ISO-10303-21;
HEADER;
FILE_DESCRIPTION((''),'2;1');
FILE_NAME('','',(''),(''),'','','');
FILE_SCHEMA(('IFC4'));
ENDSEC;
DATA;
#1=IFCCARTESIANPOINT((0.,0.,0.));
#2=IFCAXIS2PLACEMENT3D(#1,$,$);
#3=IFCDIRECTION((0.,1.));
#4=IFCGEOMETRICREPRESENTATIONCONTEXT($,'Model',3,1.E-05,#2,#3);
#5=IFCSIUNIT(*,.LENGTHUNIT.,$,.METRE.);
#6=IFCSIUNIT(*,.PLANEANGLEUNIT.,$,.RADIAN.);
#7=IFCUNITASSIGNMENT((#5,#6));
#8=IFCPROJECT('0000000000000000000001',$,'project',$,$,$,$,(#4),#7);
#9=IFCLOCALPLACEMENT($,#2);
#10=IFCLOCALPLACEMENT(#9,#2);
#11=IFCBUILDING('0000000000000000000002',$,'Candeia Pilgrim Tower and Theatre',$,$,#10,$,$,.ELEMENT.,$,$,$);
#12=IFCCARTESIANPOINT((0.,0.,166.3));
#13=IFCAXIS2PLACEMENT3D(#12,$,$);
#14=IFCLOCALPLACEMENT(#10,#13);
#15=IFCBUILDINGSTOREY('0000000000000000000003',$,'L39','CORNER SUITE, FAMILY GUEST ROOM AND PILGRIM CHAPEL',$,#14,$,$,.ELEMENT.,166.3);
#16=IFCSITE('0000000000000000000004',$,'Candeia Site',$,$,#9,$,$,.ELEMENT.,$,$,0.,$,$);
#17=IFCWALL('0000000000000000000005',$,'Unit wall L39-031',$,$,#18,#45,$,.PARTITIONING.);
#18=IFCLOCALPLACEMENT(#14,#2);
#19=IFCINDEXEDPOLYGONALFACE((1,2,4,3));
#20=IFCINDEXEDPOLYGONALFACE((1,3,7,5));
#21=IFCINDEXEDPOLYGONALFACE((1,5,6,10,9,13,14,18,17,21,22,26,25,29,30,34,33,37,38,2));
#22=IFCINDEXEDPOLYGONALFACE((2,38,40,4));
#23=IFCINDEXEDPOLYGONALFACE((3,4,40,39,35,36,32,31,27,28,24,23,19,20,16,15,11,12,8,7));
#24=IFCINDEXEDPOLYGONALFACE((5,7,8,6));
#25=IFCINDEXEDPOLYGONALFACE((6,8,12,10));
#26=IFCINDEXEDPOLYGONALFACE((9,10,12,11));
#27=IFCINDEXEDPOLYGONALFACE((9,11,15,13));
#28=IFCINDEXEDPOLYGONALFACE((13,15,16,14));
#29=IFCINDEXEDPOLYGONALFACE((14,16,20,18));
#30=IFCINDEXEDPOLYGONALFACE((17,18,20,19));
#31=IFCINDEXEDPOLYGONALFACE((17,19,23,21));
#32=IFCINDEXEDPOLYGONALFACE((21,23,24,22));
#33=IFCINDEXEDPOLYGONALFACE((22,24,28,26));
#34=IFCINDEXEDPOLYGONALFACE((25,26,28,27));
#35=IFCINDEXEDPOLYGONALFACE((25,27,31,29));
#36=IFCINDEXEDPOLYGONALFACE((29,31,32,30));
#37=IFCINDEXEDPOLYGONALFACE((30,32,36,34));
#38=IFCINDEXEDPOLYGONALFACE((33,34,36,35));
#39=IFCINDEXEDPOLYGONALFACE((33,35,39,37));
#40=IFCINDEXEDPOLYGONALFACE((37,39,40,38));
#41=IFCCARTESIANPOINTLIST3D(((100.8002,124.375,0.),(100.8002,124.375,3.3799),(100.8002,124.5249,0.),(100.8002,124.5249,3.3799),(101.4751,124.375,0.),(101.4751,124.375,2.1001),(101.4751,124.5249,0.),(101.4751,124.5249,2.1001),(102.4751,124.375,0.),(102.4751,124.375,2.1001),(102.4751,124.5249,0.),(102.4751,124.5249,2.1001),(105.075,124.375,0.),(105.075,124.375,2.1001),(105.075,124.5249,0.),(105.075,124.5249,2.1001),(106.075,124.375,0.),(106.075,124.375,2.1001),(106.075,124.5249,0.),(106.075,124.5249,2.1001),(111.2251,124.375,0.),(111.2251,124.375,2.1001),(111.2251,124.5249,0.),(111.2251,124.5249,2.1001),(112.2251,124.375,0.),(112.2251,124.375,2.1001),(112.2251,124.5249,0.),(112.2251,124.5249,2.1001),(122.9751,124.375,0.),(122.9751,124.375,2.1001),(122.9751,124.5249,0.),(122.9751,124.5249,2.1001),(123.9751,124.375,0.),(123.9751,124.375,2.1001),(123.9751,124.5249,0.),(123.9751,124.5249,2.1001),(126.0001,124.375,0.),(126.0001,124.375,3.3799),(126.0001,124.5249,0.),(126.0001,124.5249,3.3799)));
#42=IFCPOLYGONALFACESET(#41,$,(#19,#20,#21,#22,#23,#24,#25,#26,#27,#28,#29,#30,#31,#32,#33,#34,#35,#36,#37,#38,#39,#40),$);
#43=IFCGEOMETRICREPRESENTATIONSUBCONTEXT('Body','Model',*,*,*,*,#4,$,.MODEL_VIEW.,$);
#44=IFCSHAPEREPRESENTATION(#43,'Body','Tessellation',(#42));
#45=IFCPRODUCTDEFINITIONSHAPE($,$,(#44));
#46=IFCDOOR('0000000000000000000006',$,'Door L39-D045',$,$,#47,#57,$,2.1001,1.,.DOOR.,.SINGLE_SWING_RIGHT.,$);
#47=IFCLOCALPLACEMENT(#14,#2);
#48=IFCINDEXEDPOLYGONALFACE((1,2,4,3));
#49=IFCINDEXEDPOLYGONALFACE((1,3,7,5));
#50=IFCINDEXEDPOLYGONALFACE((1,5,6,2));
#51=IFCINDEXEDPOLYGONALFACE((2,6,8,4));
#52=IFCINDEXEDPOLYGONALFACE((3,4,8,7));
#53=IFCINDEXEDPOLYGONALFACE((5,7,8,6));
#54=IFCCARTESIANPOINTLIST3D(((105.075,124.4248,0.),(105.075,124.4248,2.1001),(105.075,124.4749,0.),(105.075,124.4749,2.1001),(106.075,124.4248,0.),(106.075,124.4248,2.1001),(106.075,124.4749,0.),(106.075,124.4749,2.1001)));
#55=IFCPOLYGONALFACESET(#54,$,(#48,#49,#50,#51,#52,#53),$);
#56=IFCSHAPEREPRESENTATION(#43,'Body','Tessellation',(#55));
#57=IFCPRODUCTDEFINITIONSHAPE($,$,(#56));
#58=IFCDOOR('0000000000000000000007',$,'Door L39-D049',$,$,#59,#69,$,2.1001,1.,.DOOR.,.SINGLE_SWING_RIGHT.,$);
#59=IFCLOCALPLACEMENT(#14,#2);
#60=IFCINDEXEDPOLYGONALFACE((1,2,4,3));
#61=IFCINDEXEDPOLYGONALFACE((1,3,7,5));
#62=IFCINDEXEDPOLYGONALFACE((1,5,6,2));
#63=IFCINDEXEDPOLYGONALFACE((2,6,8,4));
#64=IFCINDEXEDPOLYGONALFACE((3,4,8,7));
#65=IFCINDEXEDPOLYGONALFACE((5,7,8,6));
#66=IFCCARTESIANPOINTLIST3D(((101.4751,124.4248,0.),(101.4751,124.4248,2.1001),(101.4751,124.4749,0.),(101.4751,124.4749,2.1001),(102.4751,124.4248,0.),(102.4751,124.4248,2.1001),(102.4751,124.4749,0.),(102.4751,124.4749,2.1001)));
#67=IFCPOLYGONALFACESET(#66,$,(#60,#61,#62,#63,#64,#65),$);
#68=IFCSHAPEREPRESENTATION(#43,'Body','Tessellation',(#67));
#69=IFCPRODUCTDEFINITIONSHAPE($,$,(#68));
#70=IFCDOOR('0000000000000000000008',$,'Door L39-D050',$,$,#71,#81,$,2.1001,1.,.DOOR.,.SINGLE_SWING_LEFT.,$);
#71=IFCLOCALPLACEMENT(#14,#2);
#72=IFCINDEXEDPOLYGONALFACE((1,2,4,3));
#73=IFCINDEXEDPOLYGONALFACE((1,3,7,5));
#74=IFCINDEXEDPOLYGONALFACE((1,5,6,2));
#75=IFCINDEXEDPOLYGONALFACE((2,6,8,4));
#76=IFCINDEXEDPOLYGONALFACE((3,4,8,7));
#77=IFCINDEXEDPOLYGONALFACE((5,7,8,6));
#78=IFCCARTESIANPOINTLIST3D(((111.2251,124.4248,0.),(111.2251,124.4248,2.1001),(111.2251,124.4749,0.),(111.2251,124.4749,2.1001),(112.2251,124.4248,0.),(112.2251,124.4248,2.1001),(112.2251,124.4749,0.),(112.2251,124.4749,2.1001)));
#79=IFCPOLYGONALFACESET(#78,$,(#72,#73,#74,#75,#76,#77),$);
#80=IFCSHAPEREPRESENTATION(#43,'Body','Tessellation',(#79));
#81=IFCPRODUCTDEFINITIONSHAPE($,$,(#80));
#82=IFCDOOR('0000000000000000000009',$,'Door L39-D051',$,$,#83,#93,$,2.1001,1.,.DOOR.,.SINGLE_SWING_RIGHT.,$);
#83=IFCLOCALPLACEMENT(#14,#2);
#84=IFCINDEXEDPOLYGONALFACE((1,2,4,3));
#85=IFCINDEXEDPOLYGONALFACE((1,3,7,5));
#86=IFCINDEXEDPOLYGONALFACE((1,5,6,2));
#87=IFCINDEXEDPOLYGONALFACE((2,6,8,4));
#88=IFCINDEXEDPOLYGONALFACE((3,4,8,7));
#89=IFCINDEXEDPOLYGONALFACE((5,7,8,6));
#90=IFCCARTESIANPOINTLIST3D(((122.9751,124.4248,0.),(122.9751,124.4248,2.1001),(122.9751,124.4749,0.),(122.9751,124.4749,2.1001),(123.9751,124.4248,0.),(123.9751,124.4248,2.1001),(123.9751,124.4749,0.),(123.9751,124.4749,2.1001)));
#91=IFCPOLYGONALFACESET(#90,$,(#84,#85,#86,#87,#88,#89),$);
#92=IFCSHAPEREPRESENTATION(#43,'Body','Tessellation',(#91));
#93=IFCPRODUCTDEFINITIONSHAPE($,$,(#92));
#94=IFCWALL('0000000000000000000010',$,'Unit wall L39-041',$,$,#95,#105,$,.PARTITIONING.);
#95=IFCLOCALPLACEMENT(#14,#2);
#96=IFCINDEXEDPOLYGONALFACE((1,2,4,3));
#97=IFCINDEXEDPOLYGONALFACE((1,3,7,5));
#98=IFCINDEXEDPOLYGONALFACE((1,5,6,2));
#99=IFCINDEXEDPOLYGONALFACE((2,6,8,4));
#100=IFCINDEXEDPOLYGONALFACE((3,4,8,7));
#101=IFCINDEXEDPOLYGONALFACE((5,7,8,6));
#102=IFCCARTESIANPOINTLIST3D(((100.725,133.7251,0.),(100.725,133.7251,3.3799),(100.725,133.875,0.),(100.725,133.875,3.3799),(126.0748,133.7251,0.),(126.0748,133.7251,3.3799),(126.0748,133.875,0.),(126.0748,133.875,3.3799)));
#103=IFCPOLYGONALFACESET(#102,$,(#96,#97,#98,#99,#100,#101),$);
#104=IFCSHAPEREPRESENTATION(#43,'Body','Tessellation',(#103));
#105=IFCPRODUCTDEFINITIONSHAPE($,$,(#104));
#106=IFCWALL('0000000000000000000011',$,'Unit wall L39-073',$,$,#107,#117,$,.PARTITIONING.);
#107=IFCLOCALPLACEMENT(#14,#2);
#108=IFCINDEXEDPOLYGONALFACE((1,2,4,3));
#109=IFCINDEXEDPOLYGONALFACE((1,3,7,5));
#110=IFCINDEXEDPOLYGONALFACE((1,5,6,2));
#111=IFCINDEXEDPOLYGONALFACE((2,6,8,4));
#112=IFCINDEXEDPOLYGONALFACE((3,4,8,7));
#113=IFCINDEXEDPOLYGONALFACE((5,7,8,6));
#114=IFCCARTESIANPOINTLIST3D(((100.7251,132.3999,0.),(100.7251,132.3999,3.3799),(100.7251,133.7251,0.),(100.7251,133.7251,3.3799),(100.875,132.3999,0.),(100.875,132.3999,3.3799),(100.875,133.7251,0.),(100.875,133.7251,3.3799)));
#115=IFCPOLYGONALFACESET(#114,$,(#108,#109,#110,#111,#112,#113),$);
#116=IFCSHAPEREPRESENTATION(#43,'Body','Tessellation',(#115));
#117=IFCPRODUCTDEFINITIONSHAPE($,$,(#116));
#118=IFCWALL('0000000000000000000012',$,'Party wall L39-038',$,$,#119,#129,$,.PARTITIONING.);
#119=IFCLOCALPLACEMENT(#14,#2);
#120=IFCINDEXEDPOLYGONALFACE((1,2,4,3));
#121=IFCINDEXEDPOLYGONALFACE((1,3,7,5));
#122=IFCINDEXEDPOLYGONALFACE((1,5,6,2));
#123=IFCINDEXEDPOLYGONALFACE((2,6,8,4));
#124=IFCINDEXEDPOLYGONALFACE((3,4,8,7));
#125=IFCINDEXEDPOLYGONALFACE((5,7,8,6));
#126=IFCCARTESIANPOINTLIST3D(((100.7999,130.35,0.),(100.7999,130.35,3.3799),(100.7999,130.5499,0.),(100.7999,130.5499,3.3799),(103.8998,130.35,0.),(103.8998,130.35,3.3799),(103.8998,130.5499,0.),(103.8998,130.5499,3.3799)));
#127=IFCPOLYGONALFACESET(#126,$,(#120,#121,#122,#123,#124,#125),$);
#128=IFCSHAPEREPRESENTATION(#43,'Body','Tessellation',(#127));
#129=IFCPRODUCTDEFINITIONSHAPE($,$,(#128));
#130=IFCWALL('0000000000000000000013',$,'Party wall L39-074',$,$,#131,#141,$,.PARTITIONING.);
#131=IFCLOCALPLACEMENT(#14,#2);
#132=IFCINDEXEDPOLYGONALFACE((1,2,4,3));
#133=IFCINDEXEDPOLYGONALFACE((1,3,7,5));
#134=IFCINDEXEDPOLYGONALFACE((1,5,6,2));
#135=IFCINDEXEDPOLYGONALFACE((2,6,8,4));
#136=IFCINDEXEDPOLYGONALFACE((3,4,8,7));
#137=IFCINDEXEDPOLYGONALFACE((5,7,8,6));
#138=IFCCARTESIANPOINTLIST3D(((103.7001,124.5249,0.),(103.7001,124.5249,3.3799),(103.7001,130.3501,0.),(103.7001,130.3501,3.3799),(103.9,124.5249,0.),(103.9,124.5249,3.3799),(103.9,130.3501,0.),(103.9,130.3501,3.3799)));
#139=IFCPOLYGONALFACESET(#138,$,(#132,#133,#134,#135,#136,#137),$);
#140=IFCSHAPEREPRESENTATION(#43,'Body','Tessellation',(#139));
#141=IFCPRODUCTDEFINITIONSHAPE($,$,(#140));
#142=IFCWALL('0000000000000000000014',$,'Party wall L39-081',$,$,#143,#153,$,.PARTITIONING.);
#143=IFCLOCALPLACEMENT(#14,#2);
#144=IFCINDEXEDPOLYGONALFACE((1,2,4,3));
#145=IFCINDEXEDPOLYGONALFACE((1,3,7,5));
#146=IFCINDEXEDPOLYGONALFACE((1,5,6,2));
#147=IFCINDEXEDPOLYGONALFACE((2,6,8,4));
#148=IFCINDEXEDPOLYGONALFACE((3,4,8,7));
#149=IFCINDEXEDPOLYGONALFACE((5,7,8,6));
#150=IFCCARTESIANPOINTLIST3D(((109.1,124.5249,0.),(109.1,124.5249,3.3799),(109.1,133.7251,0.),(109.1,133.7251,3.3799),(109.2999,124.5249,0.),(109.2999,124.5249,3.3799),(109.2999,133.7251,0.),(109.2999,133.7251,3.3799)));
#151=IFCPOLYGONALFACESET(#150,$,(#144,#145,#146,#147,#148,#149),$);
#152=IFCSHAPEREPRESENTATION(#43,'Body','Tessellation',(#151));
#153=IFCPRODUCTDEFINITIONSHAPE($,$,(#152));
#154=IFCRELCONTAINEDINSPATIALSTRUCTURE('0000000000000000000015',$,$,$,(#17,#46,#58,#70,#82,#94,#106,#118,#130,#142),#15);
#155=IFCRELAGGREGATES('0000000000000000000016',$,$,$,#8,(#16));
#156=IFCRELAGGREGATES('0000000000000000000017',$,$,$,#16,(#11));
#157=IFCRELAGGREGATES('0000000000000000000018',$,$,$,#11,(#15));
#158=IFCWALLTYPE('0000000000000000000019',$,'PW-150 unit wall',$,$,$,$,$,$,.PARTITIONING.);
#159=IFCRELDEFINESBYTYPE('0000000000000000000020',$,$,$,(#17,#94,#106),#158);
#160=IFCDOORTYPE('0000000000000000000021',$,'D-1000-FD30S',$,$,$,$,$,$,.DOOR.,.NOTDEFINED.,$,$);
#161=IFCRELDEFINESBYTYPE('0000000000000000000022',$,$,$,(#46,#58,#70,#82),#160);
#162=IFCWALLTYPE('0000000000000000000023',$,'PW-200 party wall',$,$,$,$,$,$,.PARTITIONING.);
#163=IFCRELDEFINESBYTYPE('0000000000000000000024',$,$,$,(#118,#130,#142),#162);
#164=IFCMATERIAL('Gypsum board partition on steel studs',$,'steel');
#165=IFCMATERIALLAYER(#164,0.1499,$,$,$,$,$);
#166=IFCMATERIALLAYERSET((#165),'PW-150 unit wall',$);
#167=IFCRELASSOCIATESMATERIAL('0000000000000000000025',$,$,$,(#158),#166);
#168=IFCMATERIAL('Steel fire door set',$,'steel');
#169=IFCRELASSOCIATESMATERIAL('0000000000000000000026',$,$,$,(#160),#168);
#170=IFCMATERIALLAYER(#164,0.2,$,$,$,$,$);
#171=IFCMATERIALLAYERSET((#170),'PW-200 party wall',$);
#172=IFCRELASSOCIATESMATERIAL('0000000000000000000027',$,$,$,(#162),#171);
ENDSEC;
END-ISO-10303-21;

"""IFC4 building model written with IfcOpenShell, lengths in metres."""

from ifc_helpers import new_model, si_unit, direction, frame, frame_2d, origin, place, context, subcontext, project, spatial, rectangle, extrude, material, layer, layer_set, type_object, element, fill, save


model = new_model("IFC4")

# Units and contexts
model_context = context("Model", 3, precision=1e-05, world=origin(), true_north=direction((0.0, 1.0)))
body_context = subcontext(model_context, "Body", "Model", "MODEL_VIEW")
ifc_project = project(units=[si_unit("LENGTHUNIT", "METRE"), si_unit("PLANEANGLEUNIT", "RADIAN")], contexts=[model_context])

# Site, building, storey
site_placement = place(None, origin())
site = spatial("IfcSite", under=ifc_project, at=site_placement, Name="Candeia Site", CompositionType="ELEMENT", RefElevation=0.0)
building_placement = place(site_placement, origin())
building = spatial("IfcBuilding", under=site, at=building_placement, Name="Candeia Pilgrim Tower and Theatre", CompositionType="ELEMENT")
storey_placement = place(building_placement, frame((0.0, 0.0, 166.3)))
storey = spatial("IfcBuildingStorey", under=building, at=storey_placement, Name="L39", Description="CORNER SUITE, FAMILY GUEST ROOM AND PILGRIM CHAPEL", CompositionType="ELEMENT", Elevation=166.3)

# Shared definitions
ifc_material_1 = material(Name="Steel fire door set", Category="steel")
ifc_material_2 = material(Name="Gypsum board partition on steel studs", Category="steel")

# Shared definitions
ifc_layer_1 = layer(ifc_material_2, 0.1499)
ifc_layer_set_1 = layer_set([ifc_layer_1], Name="PW-150 unit wall")
wall_type_1 = type_object("IfcWallType", Name="PW-150 unit wall", PredefinedType="PARTITIONING", material=ifc_layer_set_1)

# Wall, openings, doors
wall_1_placement = place(storey_placement, frame((100.8, 124.45, 0.0), z_axis=(0.0, 0.0, 1.0), x_axis=(1.0, 0.0, 0.0)))
wall_1 = element("IfcWall", 1, at=wall_1_placement, inside=storey, type_object=wall_type_1, Name="Unit wall L39-031", PredefinedType="PARTITIONING", context=body_context, shape_type="SweptSolid", body=[
    extrude(rectangle(XDim=25.2, YDim=0.1499, at=frame_2d((12.6001, 0.0))), origin(), (0.0, 0.0, 1.0), 3.3799),
])
opening_1_placement = place(wall_1_placement, frame((4.2749, 0.0, 0.0)))
opening_1 = element("IfcOpeningElement", 2, at=opening_1_placement, cuts=wall_1, PredefinedType="OPENING", context=body_context, shape_type="SweptSolid", body=[
    extrude(rectangle(XDim=1.0, YDim=2.1001, at=frame_2d((0.5, 1.05))), frame((0.0, 0.085, 0.0), z_axis=(0.0, -1.0, 0.0), x_axis=(1.0, 0.0, 0.0)), (0.0, 0.0, 1.0), 0.1699),
])
opening_2_placement = place(wall_1_placement, frame((0.675, 0.0, 0.0)))
opening_2 = element("IfcOpeningElement", 3, at=opening_2_placement, cuts=wall_1, PredefinedType="OPENING", context=body_context, shape_type="SweptSolid", body=[
    extrude(rectangle(XDim=1.0, YDim=2.1001, at=frame_2d((0.5, 1.05))), frame((0.0, 0.085, 0.0), z_axis=(0.0, -1.0, 0.0), x_axis=(1.0, 0.0, 0.0)), (0.0, 0.0, 1.0), 0.1699),
])
opening_3_placement = place(wall_1_placement, frame((10.425, 0.0, 0.0)))
opening_3 = element("IfcOpeningElement", 4, at=opening_3_placement, cuts=wall_1, PredefinedType="OPENING", context=body_context, shape_type="SweptSolid", body=[
    extrude(rectangle(XDim=1.0, YDim=2.1001, at=frame_2d((0.5, 1.05))), frame((0.0, 0.085, 0.0), z_axis=(0.0, -1.0, 0.0), x_axis=(1.0, 0.0, 0.0)), (0.0, 0.0, 1.0), 0.1699),
])
opening_4_placement = place(wall_1_placement, frame((22.175, 0.0, 0.0)))
opening_4 = element("IfcOpeningElement", 5, at=opening_4_placement, cuts=wall_1, PredefinedType="OPENING", context=body_context, shape_type="SweptSolid", body=[
    extrude(rectangle(XDim=1.0, YDim=2.1001, at=frame_2d((0.5, 1.05))), frame((0.0, 0.085, 0.0), z_axis=(0.0, -1.0, 0.0), x_axis=(1.0, 0.0, 0.0)), (0.0, 0.0, 1.0), 0.1699),
])
door_type_1 = type_object("IfcDoorType", Name="D-1000-FD30S", OperationType="NOTDEFINED", PredefinedType="DOOR", material=ifc_material_1)
door_1_placement = place(opening_1_placement, origin())
door_1 = element("IfcDoor", 6, at=door_1_placement, inside=storey, type_object=door_type_1, Name="Door L39-D045", OperationType="SINGLE_SWING_RIGHT", OverallHeight=2.1001, OverallWidth=1.0, PredefinedType="DOOR", context=body_context, shape_type="SweptSolid", body=[
    extrude(rectangle(XDim=1.0, YDim=2.1001, at=frame_2d((0.5, 1.05))), frame((0.0, 0.0249, 0.0), z_axis=(0.0, -1.0, 0.0), x_axis=(1.0, 0.0, 0.0)), (0.0, 0.0, 1.0), 0.05),
])
fill(opening_1, door_1)
door_2_placement = place(opening_2_placement, origin())
door_2 = element("IfcDoor", 7, at=door_2_placement, inside=storey, type_object=door_type_1, Name="Door L39-D049", OperationType="SINGLE_SWING_RIGHT", OverallHeight=2.1001, OverallWidth=1.0, PredefinedType="DOOR", context=body_context, shape_type="SweptSolid", body=[
    extrude(rectangle(XDim=1.0, YDim=2.1001, at=frame_2d((0.5, 1.05))), frame((0.0, 0.0249, 0.0), z_axis=(0.0, -1.0, 0.0), x_axis=(1.0, 0.0, 0.0)), (0.0, 0.0, 1.0), 0.05),
])
fill(opening_2, door_2)
door_3_placement = place(opening_3_placement, origin())
door_3 = element("IfcDoor", 8, at=door_3_placement, inside=storey, type_object=door_type_1, Name="Door L39-D050", OperationType="SINGLE_SWING_LEFT", OverallHeight=2.1001, OverallWidth=1.0, PredefinedType="DOOR", context=body_context, shape_type="SweptSolid", body=[
    extrude(rectangle(XDim=1.0, YDim=2.1001, at=frame_2d((0.5, 1.05))), frame((0.0, 0.0249, 0.0), z_axis=(0.0, -1.0, 0.0), x_axis=(1.0, 0.0, 0.0)), (0.0, 0.0, 1.0), 0.05),
])
fill(opening_3, door_3)
door_4_placement = place(opening_4_placement, origin())
door_4 = element("IfcDoor", 9, at=door_4_placement, inside=storey, type_object=door_type_1, Name="Door L39-D051", OperationType="SINGLE_SWING_RIGHT", OverallHeight=2.1001, OverallWidth=1.0, PredefinedType="DOOR", context=body_context, shape_type="SweptSolid", body=[
    extrude(rectangle(XDim=1.0, YDim=2.1001, at=frame_2d((0.5, 1.05))), frame((0.0, 0.0249, 0.0), z_axis=(0.0, -1.0, 0.0), x_axis=(1.0, 0.0, 0.0)), (0.0, 0.0, 1.0), 0.05),
])
fill(opening_4, door_4)

# Walls
wall_2_placement = place(storey_placement, frame((100.7251, 133.8, 0.0), z_axis=(0.0, 0.0, 1.0), x_axis=(1.0, 0.0, 0.0)))
element("IfcWall", 10, at=wall_2_placement, inside=storey, type_object=wall_type_1, Name="Unit wall L39-041", PredefinedType="PARTITIONING", context=body_context, shape_type="SweptSolid", body=[
    extrude(rectangle(XDim=25.3499, YDim=0.1499, at=frame_2d((12.6748, 0.0))), origin(), (0.0, 0.0, 1.0), 3.3799),
])
wall_3_placement = place(storey_placement, frame((100.8, 132.3999, 0.0), z_axis=(0.0, 0.0, 1.0), x_axis=(0.0, 1.0, 0.0)))
element("IfcWall", 11, at=wall_3_placement, inside=storey, type_object=wall_type_1, Name="Unit wall L39-073", PredefinedType="PARTITIONING", context=body_context, shape_type="SweptSolid", body=[
    extrude(rectangle(XDim=1.3252, YDim=0.1499, at=frame_2d((0.6626, 0.0))), origin(), (0.0, 0.0, 1.0), 3.3799),
])
ifc_layer_2 = layer(ifc_material_2, 0.2)
ifc_layer_set_2 = layer_set([ifc_layer_2], Name="PW-200 party wall")
wall_type_2 = type_object("IfcWallType", Name="PW-200 party wall", PredefinedType="PARTITIONING", material=ifc_layer_set_2)
wall_4_placement = place(storey_placement, frame((100.8, 130.45, 0.0), z_axis=(0.0, 0.0, 1.0), x_axis=(1.0, 0.0, 0.0)))
element("IfcWall", 12, at=wall_4_placement, inside=storey, type_object=wall_type_2, Name="Party wall L39-038", PredefinedType="PARTITIONING", context=body_context, shape_type="SweptSolid", body=[
    extrude(rectangle(XDim=3.0999, YDim=0.2, at=frame_2d((1.5498, 0.0))), origin(), (0.0, 0.0, 1.0), 3.3799),
])
wall_5_placement = place(storey_placement, frame((103.8, 124.5249, 0.0), z_axis=(0.0, 0.0, 1.0), x_axis=(0.0, 1.0, 0.0)))
element("IfcWall", 13, at=wall_5_placement, inside=storey, type_object=wall_type_2, Name="Party wall L39-074", PredefinedType="PARTITIONING", context=body_context, shape_type="SweptSolid", body=[
    extrude(rectangle(XDim=5.8252, YDim=0.2, at=frame_2d((2.9126, 0.0))), origin(), (0.0, 0.0, 1.0), 3.3799),
])
wall_6_placement = place(storey_placement, frame((109.2, 124.5249, 0.0), z_axis=(0.0, 0.0, 1.0), x_axis=(0.0, 1.0, 0.0)))
element("IfcWall", 14, at=wall_6_placement, inside=storey, type_object=wall_type_2, Name="Party wall L39-081", PredefinedType="PARTITIONING", context=body_context, shape_type="SweptSolid", body=[
    extrude(rectangle(XDim=9.2002, YDim=0.2, at=frame_2d((4.6001, 0.0))), origin(), (0.0, 0.0, 1.0), 3.3799),
])

save(model, "model.ifc")
